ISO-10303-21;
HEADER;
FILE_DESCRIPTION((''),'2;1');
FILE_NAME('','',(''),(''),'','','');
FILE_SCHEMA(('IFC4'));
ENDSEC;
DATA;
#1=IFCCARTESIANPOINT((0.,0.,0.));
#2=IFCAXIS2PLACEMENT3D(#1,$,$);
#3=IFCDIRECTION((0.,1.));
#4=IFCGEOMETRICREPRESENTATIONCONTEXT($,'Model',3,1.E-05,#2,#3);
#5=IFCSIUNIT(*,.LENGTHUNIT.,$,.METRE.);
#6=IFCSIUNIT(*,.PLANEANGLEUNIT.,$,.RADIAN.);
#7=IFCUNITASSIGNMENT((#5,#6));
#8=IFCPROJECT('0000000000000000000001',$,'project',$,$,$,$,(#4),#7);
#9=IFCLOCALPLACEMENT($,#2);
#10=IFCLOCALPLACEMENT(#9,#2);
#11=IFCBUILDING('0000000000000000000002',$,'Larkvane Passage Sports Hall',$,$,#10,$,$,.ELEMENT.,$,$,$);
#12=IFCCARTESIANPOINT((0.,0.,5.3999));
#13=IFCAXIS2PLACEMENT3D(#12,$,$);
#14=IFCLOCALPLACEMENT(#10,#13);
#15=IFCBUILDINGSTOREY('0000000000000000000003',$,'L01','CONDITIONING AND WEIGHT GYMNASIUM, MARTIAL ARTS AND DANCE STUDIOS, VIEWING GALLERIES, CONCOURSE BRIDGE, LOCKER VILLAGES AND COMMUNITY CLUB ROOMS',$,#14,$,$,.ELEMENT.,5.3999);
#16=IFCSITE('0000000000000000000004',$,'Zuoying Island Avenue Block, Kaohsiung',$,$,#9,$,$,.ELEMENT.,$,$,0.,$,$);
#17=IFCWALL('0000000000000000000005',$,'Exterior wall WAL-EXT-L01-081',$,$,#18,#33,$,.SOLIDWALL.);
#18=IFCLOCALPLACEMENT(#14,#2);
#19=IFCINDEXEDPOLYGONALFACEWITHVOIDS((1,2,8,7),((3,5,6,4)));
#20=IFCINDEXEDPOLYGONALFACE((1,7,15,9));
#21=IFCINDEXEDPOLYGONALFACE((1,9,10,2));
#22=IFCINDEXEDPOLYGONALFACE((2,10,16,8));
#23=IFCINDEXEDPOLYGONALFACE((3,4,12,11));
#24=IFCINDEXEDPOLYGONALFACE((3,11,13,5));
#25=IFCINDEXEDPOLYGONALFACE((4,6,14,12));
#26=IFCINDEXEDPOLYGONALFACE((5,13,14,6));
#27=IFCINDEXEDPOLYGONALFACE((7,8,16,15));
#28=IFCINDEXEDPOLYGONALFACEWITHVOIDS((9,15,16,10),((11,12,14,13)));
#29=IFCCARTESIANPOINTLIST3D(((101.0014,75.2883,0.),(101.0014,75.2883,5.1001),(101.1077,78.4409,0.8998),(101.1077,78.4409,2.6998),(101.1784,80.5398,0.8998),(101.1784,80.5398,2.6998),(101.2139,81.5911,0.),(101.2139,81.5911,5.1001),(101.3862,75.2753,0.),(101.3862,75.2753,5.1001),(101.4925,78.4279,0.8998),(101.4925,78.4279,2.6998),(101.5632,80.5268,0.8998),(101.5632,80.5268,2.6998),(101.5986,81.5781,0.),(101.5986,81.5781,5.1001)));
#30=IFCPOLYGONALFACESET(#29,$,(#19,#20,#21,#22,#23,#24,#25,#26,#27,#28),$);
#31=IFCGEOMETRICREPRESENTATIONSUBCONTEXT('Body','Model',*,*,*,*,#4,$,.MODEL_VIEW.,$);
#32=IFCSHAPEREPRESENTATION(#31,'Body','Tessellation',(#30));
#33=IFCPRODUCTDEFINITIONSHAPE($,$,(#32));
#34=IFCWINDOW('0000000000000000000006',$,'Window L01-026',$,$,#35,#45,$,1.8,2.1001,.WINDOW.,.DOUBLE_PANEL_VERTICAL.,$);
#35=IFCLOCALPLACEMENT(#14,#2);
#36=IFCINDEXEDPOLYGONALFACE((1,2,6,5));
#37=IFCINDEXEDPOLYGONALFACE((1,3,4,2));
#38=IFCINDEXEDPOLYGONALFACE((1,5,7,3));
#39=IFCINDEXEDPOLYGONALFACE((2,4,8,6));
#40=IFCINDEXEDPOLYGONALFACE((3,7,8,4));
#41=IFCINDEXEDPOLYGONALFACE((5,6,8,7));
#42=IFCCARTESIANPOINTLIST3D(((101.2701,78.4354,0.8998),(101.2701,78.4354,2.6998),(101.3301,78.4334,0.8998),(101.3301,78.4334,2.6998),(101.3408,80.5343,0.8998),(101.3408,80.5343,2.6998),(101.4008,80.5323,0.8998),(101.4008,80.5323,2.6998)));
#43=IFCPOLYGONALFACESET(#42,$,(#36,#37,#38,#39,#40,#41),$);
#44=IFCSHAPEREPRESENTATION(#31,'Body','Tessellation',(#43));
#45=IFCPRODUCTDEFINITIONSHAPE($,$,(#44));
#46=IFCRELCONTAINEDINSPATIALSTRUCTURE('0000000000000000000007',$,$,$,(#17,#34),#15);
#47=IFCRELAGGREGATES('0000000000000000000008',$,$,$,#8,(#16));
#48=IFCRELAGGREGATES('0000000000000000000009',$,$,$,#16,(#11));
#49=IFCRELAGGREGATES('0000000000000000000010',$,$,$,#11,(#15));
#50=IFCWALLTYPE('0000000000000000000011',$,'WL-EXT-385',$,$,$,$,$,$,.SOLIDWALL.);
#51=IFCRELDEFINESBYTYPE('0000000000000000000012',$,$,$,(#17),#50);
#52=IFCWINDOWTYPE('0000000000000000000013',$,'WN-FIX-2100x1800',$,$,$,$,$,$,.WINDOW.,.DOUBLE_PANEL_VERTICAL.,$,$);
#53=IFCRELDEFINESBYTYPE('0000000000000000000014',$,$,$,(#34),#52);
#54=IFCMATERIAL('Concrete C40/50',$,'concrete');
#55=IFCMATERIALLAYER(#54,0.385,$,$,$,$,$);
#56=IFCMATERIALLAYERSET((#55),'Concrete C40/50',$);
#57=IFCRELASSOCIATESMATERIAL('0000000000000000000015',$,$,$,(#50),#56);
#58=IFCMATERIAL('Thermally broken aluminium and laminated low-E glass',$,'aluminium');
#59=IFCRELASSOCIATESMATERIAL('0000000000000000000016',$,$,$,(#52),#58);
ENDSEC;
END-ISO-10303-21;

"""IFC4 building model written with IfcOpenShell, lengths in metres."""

from ifc_helpers import new_model, si_unit, direction, frame, frame_2d, origin, place, context, subcontext, project, spatial, rectangle, extrude, material, layer, layer_set, type_object, element, fill, save


model = new_model("IFC4")

# Units and contexts
model_context = context("Model", 3, precision=1e-05, world=origin(), true_north=direction((0.0, 1.0)))
body_context = subcontext(model_context, "Body", "Model", "MODEL_VIEW")
ifc_project = project(units=[si_unit("LENGTHUNIT", "METRE"), si_unit("PLANEANGLEUNIT", "RADIAN")], contexts=[model_context])

# Site, building, storey
site_placement = place(None, origin())
site = spatial("IfcSite", under=ifc_project, at=site_placement, Name="Zuoying Island Avenue Block, Kaohsiung", CompositionType="ELEMENT", RefElevation=0.0)
building_placement = place(site_placement, origin())
building = spatial("IfcBuilding", under=site, at=building_placement, Name="Larkvane Passage Sports Hall", CompositionType="ELEMENT")
storey_placement = place(building_placement, frame((0.0, 0.0, 5.3999)))
storey = spatial("IfcBuildingStorey", under=building, at=storey_placement, Name="L01", Description="CONDITIONING AND WEIGHT GYMNASIUM, MARTIAL ARTS AND DANCE STUDIOS, VIEWING GALLERIES, CONCOURSE BRIDGE, LOCKER VILLAGES AND COMMUNITY CLUB ROOMS", CompositionType="ELEMENT", Elevation=5.3999)

# Wall, opening, window
ifc_material_1 = material(Name="Concrete C40/50", Category="concrete")
ifc_layer_1 = layer(ifc_material_1, 0.385)
ifc_layer_set_1 = layer_set([ifc_layer_1], Name="Concrete C40/50")
wall_type = type_object("IfcWallType", Name="WL-EXT-385", PredefinedType="SOLIDWALL", material=ifc_layer_set_1)
wall_placement = place(storey_placement, frame((101.4062, 81.5847, 0.0), z_axis=(0.0, 0.0, 1.0), x_axis=(-0.033681, -0.999433, 0.0)))
wall = element("IfcWall", 1, at=wall_placement, inside=storey, type_object=wall_type, Name="Exterior wall WAL-EXT-L01-081", PredefinedType="SOLIDWALL", context=body_context, shape_type="SweptSolid", body=[
    extrude(rectangle(XDim=6.3064, YDim=0.385, at=frame_2d((3.1533, 0.0))), origin(), (0.0, 0.0, 1.0), 5.1001),
])
opening_placement = place(wall_placement, frame((1.052, 0.0, 0.8999)))
opening = element("IfcOpeningElement", 2, at=opening_placement, cuts=wall, PredefinedType="OPENING", context=body_context, shape_type="SweptSolid", body=[
    extrude(rectangle(XDim=2.1001, YDim=1.8, at=frame_2d((1.05, 0.8999))), frame((0.0, 0.2024, 0.0), z_axis=(0.0, -1.0, 0.0), x_axis=(1.0, 0.0, 0.0)), (0.0, 0.0, 1.0), 0.405),
])
ifc_material_2 = material(Name="Thermally broken aluminium and laminated low-E glass", Category="aluminium")
window_type = type_object("IfcWindowType", Name="WN-FIX-2100x1800", PartitioningType="DOUBLE_PANEL_VERTICAL", PredefinedType="WINDOW", material=ifc_material_2)
window_placement = place(opening_placement, origin())
window = element("IfcWindow", 3, at=window_placement, inside=storey, type_object=window_type, Name="Window L01-026", OverallHeight=1.8, OverallWidth=2.1001, PartitioningType="DOUBLE_PANEL_VERTICAL", PredefinedType="WINDOW", context=body_context, shape_type="SweptSolid", body=[
    extrude(rectangle(XDim=2.1001, YDim=1.8, at=frame_2d((1.05, 0.8999))), frame((0.0, 0.03, 0.0), z_axis=(0.0, -1.0, 0.0), x_axis=(1.0, 0.0, 0.0)), (0.0, 0.0, 1.0), 0.0601),
])
fill(opening, window)

save(model, "model.ifc")
